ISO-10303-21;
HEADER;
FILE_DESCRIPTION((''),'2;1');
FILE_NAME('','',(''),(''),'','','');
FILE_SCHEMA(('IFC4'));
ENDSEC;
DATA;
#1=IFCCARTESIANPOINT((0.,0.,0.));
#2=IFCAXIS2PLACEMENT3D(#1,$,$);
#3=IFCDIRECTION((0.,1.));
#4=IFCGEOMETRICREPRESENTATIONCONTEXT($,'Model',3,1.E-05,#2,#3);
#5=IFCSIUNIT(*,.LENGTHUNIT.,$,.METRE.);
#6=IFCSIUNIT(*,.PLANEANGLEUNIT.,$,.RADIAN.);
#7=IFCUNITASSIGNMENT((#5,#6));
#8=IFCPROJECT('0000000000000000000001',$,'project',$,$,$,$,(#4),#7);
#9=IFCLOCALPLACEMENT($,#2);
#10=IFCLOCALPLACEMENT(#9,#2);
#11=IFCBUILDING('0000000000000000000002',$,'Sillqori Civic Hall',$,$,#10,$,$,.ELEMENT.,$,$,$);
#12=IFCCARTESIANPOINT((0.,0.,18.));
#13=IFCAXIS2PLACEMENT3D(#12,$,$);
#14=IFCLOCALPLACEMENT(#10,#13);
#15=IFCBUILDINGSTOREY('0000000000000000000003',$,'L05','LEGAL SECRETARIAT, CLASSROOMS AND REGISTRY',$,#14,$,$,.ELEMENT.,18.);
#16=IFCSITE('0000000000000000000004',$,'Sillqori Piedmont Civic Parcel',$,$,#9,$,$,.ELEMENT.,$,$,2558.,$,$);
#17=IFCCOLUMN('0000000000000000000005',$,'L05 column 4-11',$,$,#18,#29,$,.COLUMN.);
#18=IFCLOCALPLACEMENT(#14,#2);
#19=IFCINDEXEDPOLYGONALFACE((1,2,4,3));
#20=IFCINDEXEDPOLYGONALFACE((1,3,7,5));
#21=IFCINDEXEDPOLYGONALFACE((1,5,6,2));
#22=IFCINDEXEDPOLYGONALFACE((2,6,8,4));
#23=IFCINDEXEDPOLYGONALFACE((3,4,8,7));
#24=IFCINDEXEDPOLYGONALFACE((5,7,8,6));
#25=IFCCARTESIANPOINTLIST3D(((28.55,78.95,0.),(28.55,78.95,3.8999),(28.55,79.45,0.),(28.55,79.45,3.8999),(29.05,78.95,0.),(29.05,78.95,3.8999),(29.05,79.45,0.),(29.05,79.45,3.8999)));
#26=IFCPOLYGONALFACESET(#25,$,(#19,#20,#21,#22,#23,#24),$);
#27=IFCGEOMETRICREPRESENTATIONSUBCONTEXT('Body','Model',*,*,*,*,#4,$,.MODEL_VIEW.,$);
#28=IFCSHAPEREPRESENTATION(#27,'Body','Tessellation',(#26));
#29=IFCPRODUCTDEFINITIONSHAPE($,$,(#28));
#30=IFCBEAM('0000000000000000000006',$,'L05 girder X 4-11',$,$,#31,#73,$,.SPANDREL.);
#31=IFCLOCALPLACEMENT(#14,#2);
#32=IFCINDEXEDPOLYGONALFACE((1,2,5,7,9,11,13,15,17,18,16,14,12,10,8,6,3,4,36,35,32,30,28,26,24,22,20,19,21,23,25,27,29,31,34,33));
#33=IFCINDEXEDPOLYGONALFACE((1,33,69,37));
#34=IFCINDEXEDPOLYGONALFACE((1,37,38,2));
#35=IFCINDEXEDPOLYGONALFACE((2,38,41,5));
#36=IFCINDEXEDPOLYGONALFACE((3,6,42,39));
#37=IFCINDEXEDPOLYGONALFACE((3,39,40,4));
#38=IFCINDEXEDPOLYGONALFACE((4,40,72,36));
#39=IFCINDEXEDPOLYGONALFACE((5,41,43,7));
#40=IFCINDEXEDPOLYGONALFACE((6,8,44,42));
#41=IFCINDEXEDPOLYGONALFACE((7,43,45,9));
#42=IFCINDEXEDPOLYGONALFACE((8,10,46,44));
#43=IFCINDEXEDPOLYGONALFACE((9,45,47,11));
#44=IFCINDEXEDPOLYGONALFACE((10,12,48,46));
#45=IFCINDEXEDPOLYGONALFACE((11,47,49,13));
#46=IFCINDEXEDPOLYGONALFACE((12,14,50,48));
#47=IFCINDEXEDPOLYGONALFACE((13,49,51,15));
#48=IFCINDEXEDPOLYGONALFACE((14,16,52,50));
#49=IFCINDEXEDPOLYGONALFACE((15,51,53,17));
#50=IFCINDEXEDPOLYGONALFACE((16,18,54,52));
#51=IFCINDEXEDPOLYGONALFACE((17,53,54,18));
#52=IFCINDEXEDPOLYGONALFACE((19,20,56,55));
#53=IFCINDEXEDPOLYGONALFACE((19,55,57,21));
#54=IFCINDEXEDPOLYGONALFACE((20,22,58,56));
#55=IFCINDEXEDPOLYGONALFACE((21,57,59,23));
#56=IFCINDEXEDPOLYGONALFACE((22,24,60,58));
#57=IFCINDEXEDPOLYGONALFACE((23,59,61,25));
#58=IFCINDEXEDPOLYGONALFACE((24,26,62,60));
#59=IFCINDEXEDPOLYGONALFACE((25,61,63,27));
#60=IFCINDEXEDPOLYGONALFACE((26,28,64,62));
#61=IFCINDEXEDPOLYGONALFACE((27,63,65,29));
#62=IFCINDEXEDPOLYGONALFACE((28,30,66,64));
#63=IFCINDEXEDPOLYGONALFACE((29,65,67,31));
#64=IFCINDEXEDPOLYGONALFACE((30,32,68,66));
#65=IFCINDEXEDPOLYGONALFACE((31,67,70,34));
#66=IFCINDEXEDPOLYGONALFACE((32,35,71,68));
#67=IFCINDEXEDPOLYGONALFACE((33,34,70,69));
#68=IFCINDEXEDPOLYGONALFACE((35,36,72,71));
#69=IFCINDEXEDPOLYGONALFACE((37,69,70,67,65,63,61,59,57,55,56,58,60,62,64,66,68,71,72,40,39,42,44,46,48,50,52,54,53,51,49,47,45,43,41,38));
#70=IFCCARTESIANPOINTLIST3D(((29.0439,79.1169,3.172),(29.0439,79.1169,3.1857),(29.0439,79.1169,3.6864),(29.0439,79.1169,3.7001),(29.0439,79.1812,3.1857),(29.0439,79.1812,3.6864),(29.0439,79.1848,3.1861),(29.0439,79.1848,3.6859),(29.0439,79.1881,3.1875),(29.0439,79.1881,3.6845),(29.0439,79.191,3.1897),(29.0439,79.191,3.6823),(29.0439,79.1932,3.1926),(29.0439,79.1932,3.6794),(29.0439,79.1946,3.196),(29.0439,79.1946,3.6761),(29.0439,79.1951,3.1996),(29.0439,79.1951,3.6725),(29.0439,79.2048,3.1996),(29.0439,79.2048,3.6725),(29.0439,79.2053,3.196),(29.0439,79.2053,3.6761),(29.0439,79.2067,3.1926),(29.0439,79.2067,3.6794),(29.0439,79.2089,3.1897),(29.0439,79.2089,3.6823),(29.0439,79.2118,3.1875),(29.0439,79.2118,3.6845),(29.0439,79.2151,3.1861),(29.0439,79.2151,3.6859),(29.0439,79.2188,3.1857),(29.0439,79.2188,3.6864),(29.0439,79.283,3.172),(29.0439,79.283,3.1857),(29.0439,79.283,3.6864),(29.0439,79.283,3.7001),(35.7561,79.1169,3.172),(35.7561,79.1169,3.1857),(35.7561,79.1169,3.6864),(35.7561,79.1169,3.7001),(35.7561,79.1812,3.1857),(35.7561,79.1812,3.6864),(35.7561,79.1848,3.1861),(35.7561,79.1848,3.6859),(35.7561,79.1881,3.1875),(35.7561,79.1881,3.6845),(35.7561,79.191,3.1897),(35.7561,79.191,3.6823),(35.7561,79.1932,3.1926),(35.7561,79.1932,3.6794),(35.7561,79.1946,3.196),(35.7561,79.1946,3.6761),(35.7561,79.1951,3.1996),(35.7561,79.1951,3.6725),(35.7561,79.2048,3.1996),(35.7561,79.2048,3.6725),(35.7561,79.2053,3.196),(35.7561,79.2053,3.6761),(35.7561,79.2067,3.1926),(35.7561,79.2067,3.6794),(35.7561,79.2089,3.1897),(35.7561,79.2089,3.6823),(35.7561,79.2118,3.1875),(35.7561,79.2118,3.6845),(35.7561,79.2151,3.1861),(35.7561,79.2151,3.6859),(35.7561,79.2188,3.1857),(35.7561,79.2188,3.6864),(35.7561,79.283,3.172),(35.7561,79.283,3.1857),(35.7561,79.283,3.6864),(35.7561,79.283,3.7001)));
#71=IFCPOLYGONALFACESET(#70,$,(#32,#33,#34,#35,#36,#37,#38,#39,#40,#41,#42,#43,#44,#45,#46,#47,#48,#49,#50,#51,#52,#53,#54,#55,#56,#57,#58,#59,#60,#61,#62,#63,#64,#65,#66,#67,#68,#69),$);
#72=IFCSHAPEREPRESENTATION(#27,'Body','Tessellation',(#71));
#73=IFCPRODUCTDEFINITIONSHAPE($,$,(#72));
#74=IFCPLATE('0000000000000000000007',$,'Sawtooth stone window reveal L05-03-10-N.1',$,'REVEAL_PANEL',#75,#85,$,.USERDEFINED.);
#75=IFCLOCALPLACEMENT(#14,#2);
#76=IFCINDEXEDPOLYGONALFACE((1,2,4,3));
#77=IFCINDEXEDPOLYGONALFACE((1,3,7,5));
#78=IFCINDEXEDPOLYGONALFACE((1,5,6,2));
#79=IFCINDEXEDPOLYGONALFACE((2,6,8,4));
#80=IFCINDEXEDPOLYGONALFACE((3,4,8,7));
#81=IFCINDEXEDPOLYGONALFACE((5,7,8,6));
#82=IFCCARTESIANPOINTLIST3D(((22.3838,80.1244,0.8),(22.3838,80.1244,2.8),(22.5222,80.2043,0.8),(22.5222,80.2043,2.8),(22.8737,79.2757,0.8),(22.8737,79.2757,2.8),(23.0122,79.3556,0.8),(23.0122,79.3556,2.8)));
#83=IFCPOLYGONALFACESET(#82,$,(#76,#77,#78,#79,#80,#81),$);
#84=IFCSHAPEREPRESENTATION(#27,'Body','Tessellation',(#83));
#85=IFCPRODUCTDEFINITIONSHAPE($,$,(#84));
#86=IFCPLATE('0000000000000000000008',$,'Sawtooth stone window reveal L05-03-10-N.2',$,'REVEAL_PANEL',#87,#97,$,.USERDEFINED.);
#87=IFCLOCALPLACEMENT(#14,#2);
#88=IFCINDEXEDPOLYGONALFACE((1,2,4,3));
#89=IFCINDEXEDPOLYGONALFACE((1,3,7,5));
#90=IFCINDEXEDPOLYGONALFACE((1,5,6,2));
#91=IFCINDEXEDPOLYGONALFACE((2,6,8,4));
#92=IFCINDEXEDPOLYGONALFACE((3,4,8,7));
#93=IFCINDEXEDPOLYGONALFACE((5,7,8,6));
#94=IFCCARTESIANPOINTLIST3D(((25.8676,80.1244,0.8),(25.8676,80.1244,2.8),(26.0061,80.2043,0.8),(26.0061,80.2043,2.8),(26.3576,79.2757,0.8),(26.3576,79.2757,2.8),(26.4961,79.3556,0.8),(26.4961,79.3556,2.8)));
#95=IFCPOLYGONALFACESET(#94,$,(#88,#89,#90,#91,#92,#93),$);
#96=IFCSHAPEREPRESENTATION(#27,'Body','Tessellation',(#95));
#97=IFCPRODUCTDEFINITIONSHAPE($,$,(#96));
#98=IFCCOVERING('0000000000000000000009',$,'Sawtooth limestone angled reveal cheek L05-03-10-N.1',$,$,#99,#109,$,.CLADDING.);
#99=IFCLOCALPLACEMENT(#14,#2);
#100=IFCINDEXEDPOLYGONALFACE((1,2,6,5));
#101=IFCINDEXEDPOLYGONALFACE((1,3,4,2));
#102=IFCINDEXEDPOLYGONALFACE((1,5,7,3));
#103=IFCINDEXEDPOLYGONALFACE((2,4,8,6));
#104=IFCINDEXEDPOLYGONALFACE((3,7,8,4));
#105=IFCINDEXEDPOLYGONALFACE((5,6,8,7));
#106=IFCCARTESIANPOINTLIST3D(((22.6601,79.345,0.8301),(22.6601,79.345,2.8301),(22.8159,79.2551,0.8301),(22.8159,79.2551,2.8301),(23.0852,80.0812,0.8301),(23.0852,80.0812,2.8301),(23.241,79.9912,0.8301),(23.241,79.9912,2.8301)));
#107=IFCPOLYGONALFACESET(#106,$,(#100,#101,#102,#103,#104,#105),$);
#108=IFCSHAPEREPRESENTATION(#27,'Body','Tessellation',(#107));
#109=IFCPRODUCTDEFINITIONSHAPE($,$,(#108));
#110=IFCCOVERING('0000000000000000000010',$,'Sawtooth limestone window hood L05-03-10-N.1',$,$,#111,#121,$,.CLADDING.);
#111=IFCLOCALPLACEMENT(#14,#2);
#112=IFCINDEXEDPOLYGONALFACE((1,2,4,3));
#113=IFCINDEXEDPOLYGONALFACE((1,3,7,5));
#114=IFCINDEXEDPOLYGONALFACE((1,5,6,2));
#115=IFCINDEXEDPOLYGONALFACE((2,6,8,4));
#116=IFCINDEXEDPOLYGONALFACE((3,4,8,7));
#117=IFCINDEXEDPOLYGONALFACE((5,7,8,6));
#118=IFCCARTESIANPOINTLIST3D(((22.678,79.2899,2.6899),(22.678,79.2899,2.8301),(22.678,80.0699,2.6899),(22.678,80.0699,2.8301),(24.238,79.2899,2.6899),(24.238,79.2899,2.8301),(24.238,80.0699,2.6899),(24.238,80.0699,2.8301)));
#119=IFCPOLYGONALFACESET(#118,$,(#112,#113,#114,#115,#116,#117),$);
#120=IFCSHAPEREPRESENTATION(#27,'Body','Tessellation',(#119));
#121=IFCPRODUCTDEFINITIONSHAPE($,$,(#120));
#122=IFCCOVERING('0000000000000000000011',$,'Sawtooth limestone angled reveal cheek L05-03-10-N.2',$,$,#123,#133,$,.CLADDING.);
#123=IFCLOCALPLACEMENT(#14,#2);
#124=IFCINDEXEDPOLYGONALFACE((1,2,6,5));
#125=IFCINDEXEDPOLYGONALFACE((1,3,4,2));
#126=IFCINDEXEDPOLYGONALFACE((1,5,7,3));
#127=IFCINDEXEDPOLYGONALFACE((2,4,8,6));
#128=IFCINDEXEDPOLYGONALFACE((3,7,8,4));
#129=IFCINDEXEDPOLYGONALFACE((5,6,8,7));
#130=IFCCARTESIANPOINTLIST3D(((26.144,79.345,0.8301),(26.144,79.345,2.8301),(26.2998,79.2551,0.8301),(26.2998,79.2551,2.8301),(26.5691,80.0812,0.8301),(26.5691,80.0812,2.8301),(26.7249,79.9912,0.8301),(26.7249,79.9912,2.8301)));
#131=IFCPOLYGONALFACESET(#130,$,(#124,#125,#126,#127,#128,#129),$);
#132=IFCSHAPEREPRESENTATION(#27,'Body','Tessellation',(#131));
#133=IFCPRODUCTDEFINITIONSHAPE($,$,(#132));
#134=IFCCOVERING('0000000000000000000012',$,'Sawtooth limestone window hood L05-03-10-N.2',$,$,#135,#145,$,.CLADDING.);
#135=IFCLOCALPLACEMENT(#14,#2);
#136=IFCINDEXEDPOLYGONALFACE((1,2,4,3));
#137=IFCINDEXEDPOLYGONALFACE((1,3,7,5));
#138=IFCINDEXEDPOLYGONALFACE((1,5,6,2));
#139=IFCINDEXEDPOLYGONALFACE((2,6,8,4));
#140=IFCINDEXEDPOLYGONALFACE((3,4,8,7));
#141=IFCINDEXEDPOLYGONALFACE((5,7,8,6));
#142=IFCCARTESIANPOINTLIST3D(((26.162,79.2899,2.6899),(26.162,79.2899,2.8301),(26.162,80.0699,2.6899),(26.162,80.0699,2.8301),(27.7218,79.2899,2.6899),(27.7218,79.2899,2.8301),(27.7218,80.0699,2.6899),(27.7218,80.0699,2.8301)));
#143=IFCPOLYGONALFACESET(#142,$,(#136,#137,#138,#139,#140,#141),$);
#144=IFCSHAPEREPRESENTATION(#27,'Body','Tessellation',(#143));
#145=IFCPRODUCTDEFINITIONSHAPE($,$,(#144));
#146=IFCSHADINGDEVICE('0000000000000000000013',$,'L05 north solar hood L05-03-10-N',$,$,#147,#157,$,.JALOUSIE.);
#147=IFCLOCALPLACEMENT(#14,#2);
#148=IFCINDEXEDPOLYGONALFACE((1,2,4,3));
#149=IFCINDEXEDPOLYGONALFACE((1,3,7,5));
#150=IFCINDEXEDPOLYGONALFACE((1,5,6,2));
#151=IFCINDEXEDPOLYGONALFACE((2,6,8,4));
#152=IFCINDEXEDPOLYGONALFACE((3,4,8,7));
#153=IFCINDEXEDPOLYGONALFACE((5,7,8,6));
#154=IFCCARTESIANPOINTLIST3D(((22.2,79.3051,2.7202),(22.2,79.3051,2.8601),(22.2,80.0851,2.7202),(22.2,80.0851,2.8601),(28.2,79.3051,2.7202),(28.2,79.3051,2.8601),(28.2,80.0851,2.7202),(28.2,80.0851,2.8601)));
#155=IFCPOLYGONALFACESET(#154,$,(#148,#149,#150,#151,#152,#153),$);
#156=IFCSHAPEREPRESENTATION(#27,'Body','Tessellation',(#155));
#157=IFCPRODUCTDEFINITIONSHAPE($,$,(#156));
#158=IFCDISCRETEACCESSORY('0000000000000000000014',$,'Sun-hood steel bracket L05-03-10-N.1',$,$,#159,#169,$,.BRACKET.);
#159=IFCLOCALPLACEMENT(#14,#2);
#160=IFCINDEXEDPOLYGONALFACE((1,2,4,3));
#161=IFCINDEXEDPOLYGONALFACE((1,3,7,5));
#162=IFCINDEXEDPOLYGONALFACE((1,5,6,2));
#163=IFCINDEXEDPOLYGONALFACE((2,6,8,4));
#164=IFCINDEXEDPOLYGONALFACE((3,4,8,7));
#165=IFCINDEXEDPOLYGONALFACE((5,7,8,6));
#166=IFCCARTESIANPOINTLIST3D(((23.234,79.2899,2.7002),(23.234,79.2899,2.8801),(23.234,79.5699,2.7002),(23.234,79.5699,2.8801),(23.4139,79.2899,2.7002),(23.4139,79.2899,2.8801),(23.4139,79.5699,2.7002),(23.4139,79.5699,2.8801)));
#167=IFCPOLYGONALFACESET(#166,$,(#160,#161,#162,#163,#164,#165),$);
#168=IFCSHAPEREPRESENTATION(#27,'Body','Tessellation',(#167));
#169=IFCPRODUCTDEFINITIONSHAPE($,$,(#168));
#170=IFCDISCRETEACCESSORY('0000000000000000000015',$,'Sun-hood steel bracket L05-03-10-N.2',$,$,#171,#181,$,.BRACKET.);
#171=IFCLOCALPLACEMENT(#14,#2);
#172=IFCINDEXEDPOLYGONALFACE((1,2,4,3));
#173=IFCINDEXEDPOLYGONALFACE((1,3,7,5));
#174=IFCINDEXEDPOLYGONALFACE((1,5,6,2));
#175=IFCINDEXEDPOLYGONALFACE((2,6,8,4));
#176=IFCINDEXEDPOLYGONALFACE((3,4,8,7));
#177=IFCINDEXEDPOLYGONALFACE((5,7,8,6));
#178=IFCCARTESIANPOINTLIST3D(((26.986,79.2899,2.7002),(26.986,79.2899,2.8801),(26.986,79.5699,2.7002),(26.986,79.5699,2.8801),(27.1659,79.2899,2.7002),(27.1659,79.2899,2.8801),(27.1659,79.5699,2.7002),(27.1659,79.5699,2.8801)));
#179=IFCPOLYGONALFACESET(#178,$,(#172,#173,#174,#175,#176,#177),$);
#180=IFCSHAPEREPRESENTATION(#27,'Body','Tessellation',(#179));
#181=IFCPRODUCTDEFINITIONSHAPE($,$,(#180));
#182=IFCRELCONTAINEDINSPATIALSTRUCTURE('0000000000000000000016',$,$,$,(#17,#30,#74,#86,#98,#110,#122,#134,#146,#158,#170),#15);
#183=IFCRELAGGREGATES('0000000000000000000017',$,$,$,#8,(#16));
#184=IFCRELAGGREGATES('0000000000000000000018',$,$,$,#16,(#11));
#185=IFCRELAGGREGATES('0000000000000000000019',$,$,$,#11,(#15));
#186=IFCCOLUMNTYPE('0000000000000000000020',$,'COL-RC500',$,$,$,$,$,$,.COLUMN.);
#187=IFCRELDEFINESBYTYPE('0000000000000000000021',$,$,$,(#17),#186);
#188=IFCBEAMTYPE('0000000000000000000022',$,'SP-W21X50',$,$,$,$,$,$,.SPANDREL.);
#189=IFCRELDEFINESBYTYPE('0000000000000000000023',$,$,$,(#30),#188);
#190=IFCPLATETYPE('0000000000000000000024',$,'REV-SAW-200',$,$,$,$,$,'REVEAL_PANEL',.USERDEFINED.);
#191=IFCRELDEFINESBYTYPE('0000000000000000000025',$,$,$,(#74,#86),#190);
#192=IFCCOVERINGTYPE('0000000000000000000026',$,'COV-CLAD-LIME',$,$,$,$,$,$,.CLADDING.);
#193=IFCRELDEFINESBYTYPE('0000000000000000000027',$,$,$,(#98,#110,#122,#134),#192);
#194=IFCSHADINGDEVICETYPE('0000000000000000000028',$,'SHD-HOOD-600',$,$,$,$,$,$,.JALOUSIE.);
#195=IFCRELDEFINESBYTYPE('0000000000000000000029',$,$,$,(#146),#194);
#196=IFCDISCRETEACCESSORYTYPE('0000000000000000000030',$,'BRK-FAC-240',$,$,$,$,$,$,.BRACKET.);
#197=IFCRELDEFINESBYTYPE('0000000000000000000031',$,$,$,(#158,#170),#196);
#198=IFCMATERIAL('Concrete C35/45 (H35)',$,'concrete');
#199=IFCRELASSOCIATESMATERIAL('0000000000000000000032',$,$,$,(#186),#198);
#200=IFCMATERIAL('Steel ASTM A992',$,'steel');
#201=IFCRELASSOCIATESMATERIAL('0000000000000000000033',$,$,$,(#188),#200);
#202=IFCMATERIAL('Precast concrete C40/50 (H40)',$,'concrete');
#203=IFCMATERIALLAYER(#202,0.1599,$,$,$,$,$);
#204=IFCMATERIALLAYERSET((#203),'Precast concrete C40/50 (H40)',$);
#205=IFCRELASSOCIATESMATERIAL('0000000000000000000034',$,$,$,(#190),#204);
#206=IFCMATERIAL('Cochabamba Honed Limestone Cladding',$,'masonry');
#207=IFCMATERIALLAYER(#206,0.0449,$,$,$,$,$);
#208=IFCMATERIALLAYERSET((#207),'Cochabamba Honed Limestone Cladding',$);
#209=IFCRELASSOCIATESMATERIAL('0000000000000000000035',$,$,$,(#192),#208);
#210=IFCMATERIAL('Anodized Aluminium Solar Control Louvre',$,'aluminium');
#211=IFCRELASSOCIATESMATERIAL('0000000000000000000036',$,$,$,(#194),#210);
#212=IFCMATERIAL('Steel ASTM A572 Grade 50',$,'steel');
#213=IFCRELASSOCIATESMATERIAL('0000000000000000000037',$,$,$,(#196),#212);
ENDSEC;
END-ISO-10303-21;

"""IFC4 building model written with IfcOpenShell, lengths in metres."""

from ifc_helpers import new_model, si_unit, direction, frame, frame_2d, origin, origin_2d, place, context, subcontext, project, spatial, rectangle, i_section, extrude, material, layer, layer_set, material_profile, profile_set, type_object, element, save


model = new_model("IFC4")

# Units and contexts
model_context = context("Model", 3, precision=1e-05, world=origin(), true_north=direction((0.0, 1.0)))
body_context = subcontext(model_context, "Body", "Model", "MODEL_VIEW")
ifc_project = project(units=[si_unit("LENGTHUNIT", "METRE"), si_unit("PLANEANGLEUNIT", "RADIAN")], contexts=[model_context])

# Site, building, storey
site_placement = place(None, origin())
site = spatial("IfcSite", under=ifc_project, at=site_placement, Name="Sillqori Piedmont Civic Parcel", CompositionType="ELEMENT", RefElevation=2558.0)
building_placement = place(site_placement, origin())
building = spatial("IfcBuilding", under=site, at=building_placement, Name="Sillqori Civic Hall", CompositionType="ELEMENT")
storey_placement = place(building_placement, frame((0.0, 0.0, 18.0)))
storey = spatial("IfcBuildingStorey", under=building, at=storey_placement, Name="L05", Description="LEGAL SECRETARIAT, CLASSROOMS AND REGISTRY", CompositionType="ELEMENT", Elevation=18.0)

# Column
ifc_material_1 = material(Name="Concrete C35/45 (H35)", Category="concrete")
ifc_material_profile_1 = material_profile(ifc_material_1, rectangle(XDim=0.5, YDim=0.5, at=origin_2d()), Name="RC 500x500")
ifc_profile_set_1 = profile_set([ifc_material_profile_1], Name="Concrete C35/45 (H35)")
column_type = type_object("IfcColumnType", Name="COL-RC500", PredefinedType="COLUMN", material=ifc_profile_set_1)
column_placement = place(storey_placement, frame((28.8, 79.2, 0.0), z_axis=(0.0, 0.0, 1.0), x_axis=(1.0, 0.0, 0.0)))
element("IfcColumn", 1, at=column_placement, inside=storey, type_object=column_type, Name="L05 column 4-11", PredefinedType="COLUMN", context=body_context, shape_type="SweptSolid", body=[
    extrude(rectangle(XDim=0.5, YDim=0.5, at=origin_2d()), origin(), (0.0, 0.0, 1.0), 3.8999),
])

# Beam
ifc_material_2 = material(Name="Steel ASTM A992", Category="steel")
ifc_material_profile_2 = material_profile(ifc_material_2, i_section(OverallWidth=0.166, OverallDepth=0.5281, WebThickness=0.0098, FlangeThickness=0.0137, FilletRadius=0.0139, at=origin_2d()), Name="W21X50")
ifc_profile_set_2 = profile_set([ifc_material_profile_2], Name="Steel ASTM A992")
beam_type = type_object("IfcBeamType", Name="SP-W21X50", PredefinedType="SPANDREL", material=ifc_profile_set_2)
beam_placement = place(storey_placement, frame((29.0439, 79.2, 3.436), z_axis=(1.0, 0.0, 0.0), x_axis=(0.0, 1.0, 0.0)))
element("IfcBeam", 2, at=beam_placement, inside=storey, type_object=beam_type, Name="L05 girder X 4-11", PredefinedType="SPANDREL", context=body_context, shape_type="SweptSolid", body=[
    extrude(i_section(OverallWidth=0.166, OverallDepth=0.5281, WebThickness=0.0098, FlangeThickness=0.0137, FilletRadius=0.0139, at=origin_2d()), origin(), (0.0, 0.0, 1.0), 6.7122),
])

# Plates
ifc_material_3 = material(Name="Precast concrete C40/50 (H40)", Category="concrete")
ifc_layer_1 = layer(ifc_material_3, 0.1599)
ifc_layer_set_1 = layer_set([ifc_layer_1], Name="Precast concrete C40/50 (H40)")
plate_type = type_object("IfcPlateType", Name="REV-SAW-200", ElementType="REVEAL_PANEL", PredefinedType="USERDEFINED", material=ifc_layer_set_1)
for number, where, z_axis, x_axis, name in (
    (3, (22.698, 79.74, 0.8), (0.0, 0.0, 1.0), (0.866025, 0.5, 0.0), "Sawtooth stone window reveal L05-03-10-N.1"),
    (4, (26.1819, 79.74, 0.8), (0.0, 0.0, 1.0), (0.866025, 0.5, 0.0), "Sawtooth stone window reveal L05-03-10-N.2"),
):
    element("IfcPlate", number, at=place(storey_placement, frame(where, z_axis=z_axis, x_axis=x_axis)), inside=storey, type_object=plate_type, Name=name, ObjectType="REVEAL_PANEL", PredefinedType="USERDEFINED", context=body_context, shape_type="SweptSolid", body=[
        extrude(rectangle(XDim=0.1599, YDim=0.98, at=origin_2d()), origin(), (0.0, 0.0, 1.0), 2.0),
    ])

# Coverings
ifc_material_4 = material(Name="Cochabamba Honed Limestone Cladding", Category="masonry")
ifc_layer_2 = layer(ifc_material_4, 0.0449)
ifc_layer_set_2 = layer_set([ifc_layer_2], Name="Cochabamba Honed Limestone Cladding")
covering_type = type_object("IfcCoveringType", Name="COV-CLAD-LIME", PredefinedType="CLADDING", material=ifc_layer_set_2)
covering_1_placement = place(storey_placement, frame((22.738, 79.3, 0.8301), z_axis=(0.0, 0.0, 1.0), x_axis=(0.500062, 0.865989, 0.0)))
element("IfcCovering", 5, at=covering_1_placement, inside=storey, type_object=covering_type, Name="Sawtooth limestone angled reveal cheek L05-03-10-N.1", PredefinedType="CLADDING", context=body_context, shape_type="SweptSolid", body=[
    extrude(rectangle(XDim=0.8501, YDim=0.1799, at=frame_2d((0.425, 0.0))), origin(), (0.0, 0.0, 1.0), 2.0),
])
covering_2_placement = place(storey_placement, frame((22.678, 79.6799, 2.6899), z_axis=(0.0, 0.0, 1.0), x_axis=(1.0, 0.0, 0.0)))
element("IfcCovering", 6, at=covering_2_placement, inside=storey, type_object=covering_type, Name="Sawtooth limestone window hood L05-03-10-N.1", PredefinedType="CLADDING", context=body_context, shape_type="SweptSolid", body=[
    extrude(rectangle(XDim=1.5601, YDim=0.78, at=frame_2d((0.78, 0.0))), origin(), (0.0, 0.0, 1.0), 0.1401),
])
covering_3_placement = place(storey_placement, frame((26.2219, 79.3, 0.8301), z_axis=(0.0, 0.0, 1.0), x_axis=(0.500062, 0.865989, 0.0)))
element("IfcCovering", 7, at=covering_3_placement, inside=storey, type_object=covering_type, Name="Sawtooth limestone angled reveal cheek L05-03-10-N.2", PredefinedType="CLADDING", context=body_context, shape_type="SweptSolid", body=[
    extrude(rectangle(XDim=0.8501, YDim=0.1799, at=frame_2d((0.425, 0.0))), origin(), (0.0, 0.0, 1.0), 2.0),
])
covering_4_placement = place(storey_placement, frame((26.1621, 79.6799, 2.6899), z_axis=(0.0, 0.0, 1.0), x_axis=(1.0, 0.0, 0.0)))
element("IfcCovering", 8, at=covering_4_placement, inside=storey, type_object=covering_type, Name="Sawtooth limestone window hood L05-03-10-N.2", PredefinedType="CLADDING", context=body_context, shape_type="SweptSolid", body=[
    extrude(rectangle(XDim=1.5598, YDim=0.78, at=frame_2d((0.7798, 0.0))), origin(), (0.0, 0.0, 1.0), 0.1401),
])

# Shading device
ifc_material_5 = material(Name="Anodized Aluminium Solar Control Louvre", Category="aluminium")
shading_device_type = type_object("IfcShadingDeviceType", Name="SHD-HOOD-600", PredefinedType="JALOUSIE", material=ifc_material_5)
shading_device_placement = place(storey_placement, frame((25.2, 79.6951, 2.7202), z_axis=(0.0, 0.0, 1.0), x_axis=(1.0, 0.0, 0.0)))
element("IfcShadingDevice", 9, at=shading_device_placement, inside=storey, type_object=shading_device_type, Name="L05 north solar hood L05-03-10-N", PredefinedType="JALOUSIE", context=body_context, shape_type="SweptSolid", body=[
    extrude(rectangle(XDim=6.0, YDim=0.78, at=origin_2d()), origin(), (0.0, 0.0, 1.0), 0.1399),
])

# Discrete accessories
ifc_material_6 = material(Name="Steel ASTM A572 Grade 50", Category="steel")
discrete_accessory_type = type_object("IfcDiscreteAccessoryType", Name="BRK-FAC-240", PredefinedType="BRACKET", material=ifc_material_6)
for number, where, z_axis, x_axis, name in (
    (10, (23.324, 79.4299, 2.7002), (0.0, 0.0, 1.0), (1.0, 0.0, 0.0), "Sun-hood steel bracket L05-03-10-N.1"),
    (11, (27.0759, 79.4299, 2.7002), (0.0, 0.0, 1.0), (1.0, 0.0, 0.0), "Sun-hood steel bracket L05-03-10-N.2"),
):
    element("IfcDiscreteAccessory", number, at=place(storey_placement, frame(where, z_axis=z_axis, x_axis=x_axis)), inside=storey, type_object=discrete_accessory_type, Name=name, PredefinedType="BRACKET", context=body_context, shape_type="SweptSolid", body=[
        extrude(rectangle(XDim=0.1799, YDim=0.28, at=origin_2d()), origin(), (0.0, 0.0, 1.0), 0.1799),
    ])

save(model, "model.ifc")
